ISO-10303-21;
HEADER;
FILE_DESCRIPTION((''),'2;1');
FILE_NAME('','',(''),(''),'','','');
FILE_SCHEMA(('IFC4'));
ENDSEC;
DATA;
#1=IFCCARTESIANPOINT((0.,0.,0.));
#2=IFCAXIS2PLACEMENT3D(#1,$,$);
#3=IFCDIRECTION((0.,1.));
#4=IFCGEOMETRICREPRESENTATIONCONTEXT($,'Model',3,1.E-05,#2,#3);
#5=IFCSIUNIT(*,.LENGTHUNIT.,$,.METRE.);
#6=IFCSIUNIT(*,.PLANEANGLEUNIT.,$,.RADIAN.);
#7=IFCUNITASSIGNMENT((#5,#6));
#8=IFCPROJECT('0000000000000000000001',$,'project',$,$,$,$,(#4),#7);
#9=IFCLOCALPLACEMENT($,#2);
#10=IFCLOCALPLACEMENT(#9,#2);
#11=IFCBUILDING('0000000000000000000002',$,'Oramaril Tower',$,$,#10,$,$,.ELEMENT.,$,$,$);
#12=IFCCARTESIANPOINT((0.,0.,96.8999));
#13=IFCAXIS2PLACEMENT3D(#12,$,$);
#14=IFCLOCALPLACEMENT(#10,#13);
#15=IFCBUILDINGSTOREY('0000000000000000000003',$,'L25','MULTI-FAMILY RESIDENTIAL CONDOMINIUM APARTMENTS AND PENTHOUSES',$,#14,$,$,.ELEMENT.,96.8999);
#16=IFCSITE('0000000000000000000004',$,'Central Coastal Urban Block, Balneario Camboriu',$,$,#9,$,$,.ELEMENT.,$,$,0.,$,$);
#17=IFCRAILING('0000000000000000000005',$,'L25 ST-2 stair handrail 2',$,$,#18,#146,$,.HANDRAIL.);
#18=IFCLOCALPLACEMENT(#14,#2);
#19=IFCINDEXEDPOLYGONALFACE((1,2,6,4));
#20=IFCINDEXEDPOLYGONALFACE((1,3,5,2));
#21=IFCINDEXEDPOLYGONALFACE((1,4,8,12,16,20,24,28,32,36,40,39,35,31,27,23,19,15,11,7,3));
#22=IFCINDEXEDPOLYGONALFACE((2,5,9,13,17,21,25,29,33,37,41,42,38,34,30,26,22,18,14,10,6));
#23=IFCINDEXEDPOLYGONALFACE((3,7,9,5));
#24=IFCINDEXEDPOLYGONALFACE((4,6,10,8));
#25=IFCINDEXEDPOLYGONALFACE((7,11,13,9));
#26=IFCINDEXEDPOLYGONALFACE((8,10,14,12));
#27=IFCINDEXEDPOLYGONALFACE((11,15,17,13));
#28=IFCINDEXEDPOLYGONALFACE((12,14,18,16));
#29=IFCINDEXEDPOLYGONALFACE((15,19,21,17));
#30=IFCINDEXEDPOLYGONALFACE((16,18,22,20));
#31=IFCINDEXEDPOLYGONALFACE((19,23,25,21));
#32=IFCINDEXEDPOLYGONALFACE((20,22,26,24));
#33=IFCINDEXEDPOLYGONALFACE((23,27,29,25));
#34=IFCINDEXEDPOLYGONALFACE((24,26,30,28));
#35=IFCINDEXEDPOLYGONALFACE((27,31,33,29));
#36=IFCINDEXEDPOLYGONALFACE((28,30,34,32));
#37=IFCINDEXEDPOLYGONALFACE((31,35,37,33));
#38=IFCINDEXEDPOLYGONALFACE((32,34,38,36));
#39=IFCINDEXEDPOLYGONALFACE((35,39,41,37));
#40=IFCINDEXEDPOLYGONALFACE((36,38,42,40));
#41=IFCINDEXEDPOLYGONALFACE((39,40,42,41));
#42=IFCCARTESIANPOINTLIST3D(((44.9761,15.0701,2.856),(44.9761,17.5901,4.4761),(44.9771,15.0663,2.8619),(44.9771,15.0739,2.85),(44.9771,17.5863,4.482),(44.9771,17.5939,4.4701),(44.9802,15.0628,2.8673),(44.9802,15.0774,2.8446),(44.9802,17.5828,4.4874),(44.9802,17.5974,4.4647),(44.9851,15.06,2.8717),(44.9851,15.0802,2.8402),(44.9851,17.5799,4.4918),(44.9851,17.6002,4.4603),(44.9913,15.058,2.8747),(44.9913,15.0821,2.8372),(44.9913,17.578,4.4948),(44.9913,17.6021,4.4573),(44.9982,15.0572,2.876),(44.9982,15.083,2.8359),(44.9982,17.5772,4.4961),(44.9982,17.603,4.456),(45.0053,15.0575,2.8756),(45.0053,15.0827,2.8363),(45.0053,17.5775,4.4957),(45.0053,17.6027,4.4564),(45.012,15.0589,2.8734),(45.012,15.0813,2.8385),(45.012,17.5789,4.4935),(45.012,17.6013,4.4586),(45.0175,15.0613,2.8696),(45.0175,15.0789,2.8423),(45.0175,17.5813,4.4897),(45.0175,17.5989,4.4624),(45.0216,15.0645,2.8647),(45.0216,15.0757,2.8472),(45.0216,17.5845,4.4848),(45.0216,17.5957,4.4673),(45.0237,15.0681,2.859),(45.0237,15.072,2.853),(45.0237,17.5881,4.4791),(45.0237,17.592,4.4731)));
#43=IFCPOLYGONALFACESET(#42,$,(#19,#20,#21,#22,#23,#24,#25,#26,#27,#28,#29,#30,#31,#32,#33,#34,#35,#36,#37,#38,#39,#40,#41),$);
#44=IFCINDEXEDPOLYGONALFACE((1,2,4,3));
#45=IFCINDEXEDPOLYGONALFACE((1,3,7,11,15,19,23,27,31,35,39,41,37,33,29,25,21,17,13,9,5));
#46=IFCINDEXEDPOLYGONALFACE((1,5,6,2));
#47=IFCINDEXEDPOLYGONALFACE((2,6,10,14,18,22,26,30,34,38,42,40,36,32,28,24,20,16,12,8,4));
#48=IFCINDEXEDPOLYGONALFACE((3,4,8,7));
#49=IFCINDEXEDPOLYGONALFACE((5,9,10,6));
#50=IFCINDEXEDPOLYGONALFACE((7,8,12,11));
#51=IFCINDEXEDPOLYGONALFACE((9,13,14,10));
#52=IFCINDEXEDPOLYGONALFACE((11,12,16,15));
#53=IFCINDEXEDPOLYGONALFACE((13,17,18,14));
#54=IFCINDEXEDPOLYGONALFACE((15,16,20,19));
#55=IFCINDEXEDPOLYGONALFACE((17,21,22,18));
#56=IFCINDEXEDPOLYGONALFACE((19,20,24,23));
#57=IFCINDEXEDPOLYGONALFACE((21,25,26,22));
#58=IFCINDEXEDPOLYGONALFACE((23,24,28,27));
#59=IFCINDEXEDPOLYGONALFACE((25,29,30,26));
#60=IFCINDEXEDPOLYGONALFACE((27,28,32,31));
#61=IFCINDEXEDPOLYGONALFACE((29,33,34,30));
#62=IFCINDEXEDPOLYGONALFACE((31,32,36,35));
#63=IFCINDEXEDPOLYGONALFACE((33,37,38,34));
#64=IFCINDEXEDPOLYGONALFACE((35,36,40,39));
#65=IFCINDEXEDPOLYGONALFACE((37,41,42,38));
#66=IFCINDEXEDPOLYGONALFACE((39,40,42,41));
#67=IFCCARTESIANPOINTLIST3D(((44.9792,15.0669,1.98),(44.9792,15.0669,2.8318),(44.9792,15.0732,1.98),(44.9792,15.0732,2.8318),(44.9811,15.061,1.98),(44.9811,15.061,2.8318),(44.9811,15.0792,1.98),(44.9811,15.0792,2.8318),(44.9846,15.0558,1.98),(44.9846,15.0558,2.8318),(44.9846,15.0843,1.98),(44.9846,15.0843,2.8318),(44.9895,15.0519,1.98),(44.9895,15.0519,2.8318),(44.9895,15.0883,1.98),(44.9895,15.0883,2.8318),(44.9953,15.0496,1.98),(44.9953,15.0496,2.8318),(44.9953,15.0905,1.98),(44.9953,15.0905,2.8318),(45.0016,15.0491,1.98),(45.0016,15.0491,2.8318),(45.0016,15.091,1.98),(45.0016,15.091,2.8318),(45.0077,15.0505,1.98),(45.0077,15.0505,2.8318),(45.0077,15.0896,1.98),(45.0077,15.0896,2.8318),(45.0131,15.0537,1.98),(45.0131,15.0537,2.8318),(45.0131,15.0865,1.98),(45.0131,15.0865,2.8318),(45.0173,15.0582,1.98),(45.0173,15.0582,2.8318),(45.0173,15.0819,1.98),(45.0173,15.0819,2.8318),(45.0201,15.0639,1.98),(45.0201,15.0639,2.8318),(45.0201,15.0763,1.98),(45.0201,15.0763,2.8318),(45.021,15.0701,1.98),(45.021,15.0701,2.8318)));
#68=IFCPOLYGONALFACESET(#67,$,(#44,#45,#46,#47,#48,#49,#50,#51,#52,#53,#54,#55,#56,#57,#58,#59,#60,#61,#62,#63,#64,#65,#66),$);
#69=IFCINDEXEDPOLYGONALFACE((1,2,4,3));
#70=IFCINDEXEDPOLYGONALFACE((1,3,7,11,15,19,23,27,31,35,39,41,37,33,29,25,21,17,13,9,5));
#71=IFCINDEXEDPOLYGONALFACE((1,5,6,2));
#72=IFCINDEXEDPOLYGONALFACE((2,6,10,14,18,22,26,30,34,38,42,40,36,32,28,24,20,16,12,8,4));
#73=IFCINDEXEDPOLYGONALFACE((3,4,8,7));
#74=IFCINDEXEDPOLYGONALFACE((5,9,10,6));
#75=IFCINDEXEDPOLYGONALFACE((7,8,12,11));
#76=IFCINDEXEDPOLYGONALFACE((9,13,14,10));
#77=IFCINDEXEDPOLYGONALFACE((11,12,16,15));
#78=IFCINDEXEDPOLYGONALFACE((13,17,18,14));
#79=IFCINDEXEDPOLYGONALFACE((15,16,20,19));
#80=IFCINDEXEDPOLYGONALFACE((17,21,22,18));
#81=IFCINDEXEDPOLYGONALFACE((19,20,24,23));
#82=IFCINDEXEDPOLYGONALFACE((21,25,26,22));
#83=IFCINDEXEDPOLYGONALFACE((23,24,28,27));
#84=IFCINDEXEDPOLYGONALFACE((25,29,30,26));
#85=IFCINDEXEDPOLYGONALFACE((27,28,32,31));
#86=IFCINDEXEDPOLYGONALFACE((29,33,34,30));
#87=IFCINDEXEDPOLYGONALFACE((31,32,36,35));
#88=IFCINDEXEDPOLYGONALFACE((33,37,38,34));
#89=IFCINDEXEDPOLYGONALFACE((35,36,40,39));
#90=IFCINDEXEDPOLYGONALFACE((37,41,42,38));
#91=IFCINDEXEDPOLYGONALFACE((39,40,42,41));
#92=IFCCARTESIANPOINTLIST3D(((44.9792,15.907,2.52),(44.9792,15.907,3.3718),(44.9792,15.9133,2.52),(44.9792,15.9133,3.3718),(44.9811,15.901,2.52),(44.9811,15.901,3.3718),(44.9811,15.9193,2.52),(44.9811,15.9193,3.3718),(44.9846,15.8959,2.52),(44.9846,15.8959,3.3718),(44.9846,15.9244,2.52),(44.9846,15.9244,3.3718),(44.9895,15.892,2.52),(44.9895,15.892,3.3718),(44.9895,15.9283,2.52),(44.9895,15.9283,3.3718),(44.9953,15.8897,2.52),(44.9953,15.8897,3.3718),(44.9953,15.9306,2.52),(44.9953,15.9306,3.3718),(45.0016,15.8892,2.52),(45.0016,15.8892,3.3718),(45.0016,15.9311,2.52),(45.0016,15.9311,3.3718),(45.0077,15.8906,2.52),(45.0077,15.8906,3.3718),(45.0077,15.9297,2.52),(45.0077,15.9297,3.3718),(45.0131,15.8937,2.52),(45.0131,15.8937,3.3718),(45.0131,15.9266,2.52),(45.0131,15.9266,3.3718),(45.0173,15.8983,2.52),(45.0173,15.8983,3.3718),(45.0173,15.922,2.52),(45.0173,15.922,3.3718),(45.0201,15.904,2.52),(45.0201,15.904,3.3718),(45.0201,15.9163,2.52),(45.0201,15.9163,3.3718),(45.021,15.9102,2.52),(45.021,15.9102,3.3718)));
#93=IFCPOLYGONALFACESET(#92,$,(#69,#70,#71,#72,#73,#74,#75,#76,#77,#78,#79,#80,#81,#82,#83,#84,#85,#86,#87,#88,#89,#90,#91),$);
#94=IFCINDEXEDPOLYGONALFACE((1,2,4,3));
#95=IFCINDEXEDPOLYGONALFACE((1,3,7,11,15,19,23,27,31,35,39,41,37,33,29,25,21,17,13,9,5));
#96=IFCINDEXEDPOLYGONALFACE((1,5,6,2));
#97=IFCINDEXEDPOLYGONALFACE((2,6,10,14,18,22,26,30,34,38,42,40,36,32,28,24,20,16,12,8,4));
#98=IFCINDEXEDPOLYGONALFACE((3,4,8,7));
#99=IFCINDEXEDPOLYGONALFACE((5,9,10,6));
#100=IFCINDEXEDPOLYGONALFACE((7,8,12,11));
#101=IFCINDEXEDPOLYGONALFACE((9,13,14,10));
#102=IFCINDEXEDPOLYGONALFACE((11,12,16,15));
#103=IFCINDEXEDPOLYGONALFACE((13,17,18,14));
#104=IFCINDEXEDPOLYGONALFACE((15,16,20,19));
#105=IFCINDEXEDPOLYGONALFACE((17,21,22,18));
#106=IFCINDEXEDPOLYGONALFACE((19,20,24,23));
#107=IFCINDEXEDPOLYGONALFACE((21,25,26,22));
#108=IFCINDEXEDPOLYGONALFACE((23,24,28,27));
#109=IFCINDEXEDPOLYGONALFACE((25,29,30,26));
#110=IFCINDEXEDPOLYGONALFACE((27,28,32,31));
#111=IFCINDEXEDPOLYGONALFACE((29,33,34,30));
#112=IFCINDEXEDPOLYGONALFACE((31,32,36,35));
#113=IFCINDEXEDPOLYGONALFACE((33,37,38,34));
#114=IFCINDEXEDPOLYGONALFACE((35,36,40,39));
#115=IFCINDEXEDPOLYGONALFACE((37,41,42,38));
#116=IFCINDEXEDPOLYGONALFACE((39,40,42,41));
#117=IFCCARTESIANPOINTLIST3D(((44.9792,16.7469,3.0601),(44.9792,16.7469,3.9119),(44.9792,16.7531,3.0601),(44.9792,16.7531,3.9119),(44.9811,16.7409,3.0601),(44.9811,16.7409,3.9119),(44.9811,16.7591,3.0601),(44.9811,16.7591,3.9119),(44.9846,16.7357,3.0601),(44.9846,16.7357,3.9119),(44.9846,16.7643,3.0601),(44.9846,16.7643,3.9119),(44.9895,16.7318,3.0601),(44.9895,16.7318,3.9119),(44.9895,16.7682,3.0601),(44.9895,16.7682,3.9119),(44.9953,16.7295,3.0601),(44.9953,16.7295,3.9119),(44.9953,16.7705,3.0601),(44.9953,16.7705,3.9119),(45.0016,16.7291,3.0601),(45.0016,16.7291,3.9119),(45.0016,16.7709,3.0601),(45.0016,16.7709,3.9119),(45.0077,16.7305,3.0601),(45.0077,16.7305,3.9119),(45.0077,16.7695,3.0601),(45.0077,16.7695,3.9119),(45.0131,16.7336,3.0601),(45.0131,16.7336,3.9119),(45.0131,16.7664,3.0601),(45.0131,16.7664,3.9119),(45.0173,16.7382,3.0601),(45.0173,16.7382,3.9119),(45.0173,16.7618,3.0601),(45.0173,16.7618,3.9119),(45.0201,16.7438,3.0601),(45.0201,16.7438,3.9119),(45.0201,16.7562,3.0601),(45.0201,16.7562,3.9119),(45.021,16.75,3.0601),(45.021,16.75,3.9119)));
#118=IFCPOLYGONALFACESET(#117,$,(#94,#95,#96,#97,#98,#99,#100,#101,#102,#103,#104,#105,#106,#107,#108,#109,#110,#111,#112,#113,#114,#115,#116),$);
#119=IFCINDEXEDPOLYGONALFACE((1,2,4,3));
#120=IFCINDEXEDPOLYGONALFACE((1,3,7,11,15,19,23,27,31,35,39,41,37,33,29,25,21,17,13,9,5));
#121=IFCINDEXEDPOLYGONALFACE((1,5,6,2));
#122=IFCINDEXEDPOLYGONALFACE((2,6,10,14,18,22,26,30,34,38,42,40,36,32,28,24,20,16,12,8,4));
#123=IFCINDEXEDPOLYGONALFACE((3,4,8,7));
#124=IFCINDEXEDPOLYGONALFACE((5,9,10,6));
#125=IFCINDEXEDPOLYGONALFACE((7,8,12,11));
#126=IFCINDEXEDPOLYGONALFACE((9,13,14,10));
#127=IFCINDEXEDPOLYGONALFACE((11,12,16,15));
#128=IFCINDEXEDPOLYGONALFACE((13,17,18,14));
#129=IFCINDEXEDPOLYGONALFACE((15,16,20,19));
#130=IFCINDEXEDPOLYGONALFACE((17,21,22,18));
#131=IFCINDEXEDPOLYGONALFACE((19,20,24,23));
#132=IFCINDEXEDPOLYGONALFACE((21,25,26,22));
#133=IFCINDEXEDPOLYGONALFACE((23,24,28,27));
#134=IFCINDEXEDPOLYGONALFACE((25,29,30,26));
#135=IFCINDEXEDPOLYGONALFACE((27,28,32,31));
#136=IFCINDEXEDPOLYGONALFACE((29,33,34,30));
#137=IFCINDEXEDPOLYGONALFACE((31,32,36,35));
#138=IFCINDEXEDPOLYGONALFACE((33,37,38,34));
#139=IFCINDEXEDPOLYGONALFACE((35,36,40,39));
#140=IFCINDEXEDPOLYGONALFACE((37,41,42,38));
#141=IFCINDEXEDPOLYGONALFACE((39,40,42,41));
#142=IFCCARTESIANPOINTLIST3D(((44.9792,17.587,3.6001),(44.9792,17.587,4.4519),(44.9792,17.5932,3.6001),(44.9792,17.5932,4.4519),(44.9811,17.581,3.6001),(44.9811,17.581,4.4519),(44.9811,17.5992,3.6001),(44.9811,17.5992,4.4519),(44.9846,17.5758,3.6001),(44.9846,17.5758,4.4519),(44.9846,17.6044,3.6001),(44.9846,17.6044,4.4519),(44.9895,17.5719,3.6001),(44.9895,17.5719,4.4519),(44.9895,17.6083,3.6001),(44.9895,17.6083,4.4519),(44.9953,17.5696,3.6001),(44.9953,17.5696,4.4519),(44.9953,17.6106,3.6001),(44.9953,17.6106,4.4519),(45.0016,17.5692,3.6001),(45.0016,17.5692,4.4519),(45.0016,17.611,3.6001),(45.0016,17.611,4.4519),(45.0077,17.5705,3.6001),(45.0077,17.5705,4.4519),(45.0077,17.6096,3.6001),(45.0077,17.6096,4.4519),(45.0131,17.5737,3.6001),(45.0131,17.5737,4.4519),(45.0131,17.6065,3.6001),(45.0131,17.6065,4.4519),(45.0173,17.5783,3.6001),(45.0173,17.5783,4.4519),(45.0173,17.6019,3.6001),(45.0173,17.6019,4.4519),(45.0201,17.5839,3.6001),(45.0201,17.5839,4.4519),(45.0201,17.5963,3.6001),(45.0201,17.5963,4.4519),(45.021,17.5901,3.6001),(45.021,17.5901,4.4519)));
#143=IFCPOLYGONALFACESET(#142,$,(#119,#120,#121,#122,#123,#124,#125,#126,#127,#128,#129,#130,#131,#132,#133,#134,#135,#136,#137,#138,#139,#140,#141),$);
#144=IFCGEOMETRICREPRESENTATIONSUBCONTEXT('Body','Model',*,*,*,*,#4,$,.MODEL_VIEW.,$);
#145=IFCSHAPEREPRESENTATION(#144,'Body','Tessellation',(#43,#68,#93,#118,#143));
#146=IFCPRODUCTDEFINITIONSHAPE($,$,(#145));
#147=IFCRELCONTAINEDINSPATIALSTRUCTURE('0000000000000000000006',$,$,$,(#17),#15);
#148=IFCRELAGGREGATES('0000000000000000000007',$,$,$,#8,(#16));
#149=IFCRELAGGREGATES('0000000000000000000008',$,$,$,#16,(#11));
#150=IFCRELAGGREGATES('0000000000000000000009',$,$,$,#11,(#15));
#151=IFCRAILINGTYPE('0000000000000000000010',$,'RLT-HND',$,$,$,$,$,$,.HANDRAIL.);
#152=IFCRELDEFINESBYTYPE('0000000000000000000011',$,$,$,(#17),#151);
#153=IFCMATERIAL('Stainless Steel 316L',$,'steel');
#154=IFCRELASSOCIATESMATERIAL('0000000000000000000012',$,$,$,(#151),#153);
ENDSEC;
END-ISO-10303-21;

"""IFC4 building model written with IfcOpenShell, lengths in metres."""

from ifc_helpers import new_model, si_unit, direction, frame, origin, origin_2d, place, context, subcontext, project, spatial, circle, extrude, material, type_object, element, save


model = new_model("IFC4")

# Units and contexts
model_context = context("Model", 3, precision=1e-05, world=origin(), true_north=direction((0.0, 1.0)))
body_context = subcontext(model_context, "Body", "Model", "MODEL_VIEW")
ifc_project = project(units=[si_unit("LENGTHUNIT", "METRE"), si_unit("PLANEANGLEUNIT", "RADIAN")], contexts=[model_context])

# Site, building, storey
site_placement = place(None, origin())
site = spatial("IfcSite", under=ifc_project, at=site_placement, Name="Central Coastal Urban Block, Balneario Camboriu", CompositionType="ELEMENT", RefElevation=0.0)
building_placement = place(site_placement, origin())
building = spatial("IfcBuilding", under=site, at=building_placement, Name="Oramaril Tower", CompositionType="ELEMENT")
storey_placement = place(building_placement, frame((0.0, 0.0, 96.8999)))
storey = spatial("IfcBuildingStorey", under=building, at=storey_placement, Name="L25", Description="MULTI-FAMILY RESIDENTIAL CONDOMINIUM APARTMENTS AND PENTHOUSES", CompositionType="ELEMENT", Elevation=96.8999)

# Railing
ifc_material_1 = material(Name="Stainless Steel 316L", Category="steel")
railing_type_1 = type_object("IfcRailingType", Name="RLT-HND", PredefinedType="HANDRAIL", material=ifc_material_1)
for number, where, name in (
    (1, (45.0, 15.0701, 1.98), "L25 ST-2 stair handrail 2"),
):
    element("IfcRailing", number, at=place(storey_placement, frame(where)), inside=storey, type_object=railing_type_1, Name=name, PredefinedType="HANDRAIL", context=body_context, shape_type="SweptSolid", body=[
        extrude(circle(Radius=0.0239, at=origin_2d()), frame((0.0, 0.0, 0.876), z_axis=(0.0, 0.841163, 0.540782), x_axis=(-1.0, 0.0, 0.0)), (0.0, 0.0, 1.0), 2.9958),
        extrude(circle(Radius=0.021, at=origin_2d()), origin(), (0.0, 0.0, 1.0), 0.8518),
        extrude(circle(Radius=0.021, at=origin_2d()), frame((0.0, 0.8401, 0.54)), (0.0, 0.0, 1.0), 0.8518),
        extrude(circle(Radius=0.021, at=origin_2d()), frame((0.0, 1.6799, 1.0801)), (0.0, 0.0, 1.0), 0.8518),
        extrude(circle(Radius=0.021, at=origin_2d()), frame((0.0, 2.52, 1.6201)), (0.0, 0.0, 1.0), 0.8518),
    ])

save(model, "model.ifc")
